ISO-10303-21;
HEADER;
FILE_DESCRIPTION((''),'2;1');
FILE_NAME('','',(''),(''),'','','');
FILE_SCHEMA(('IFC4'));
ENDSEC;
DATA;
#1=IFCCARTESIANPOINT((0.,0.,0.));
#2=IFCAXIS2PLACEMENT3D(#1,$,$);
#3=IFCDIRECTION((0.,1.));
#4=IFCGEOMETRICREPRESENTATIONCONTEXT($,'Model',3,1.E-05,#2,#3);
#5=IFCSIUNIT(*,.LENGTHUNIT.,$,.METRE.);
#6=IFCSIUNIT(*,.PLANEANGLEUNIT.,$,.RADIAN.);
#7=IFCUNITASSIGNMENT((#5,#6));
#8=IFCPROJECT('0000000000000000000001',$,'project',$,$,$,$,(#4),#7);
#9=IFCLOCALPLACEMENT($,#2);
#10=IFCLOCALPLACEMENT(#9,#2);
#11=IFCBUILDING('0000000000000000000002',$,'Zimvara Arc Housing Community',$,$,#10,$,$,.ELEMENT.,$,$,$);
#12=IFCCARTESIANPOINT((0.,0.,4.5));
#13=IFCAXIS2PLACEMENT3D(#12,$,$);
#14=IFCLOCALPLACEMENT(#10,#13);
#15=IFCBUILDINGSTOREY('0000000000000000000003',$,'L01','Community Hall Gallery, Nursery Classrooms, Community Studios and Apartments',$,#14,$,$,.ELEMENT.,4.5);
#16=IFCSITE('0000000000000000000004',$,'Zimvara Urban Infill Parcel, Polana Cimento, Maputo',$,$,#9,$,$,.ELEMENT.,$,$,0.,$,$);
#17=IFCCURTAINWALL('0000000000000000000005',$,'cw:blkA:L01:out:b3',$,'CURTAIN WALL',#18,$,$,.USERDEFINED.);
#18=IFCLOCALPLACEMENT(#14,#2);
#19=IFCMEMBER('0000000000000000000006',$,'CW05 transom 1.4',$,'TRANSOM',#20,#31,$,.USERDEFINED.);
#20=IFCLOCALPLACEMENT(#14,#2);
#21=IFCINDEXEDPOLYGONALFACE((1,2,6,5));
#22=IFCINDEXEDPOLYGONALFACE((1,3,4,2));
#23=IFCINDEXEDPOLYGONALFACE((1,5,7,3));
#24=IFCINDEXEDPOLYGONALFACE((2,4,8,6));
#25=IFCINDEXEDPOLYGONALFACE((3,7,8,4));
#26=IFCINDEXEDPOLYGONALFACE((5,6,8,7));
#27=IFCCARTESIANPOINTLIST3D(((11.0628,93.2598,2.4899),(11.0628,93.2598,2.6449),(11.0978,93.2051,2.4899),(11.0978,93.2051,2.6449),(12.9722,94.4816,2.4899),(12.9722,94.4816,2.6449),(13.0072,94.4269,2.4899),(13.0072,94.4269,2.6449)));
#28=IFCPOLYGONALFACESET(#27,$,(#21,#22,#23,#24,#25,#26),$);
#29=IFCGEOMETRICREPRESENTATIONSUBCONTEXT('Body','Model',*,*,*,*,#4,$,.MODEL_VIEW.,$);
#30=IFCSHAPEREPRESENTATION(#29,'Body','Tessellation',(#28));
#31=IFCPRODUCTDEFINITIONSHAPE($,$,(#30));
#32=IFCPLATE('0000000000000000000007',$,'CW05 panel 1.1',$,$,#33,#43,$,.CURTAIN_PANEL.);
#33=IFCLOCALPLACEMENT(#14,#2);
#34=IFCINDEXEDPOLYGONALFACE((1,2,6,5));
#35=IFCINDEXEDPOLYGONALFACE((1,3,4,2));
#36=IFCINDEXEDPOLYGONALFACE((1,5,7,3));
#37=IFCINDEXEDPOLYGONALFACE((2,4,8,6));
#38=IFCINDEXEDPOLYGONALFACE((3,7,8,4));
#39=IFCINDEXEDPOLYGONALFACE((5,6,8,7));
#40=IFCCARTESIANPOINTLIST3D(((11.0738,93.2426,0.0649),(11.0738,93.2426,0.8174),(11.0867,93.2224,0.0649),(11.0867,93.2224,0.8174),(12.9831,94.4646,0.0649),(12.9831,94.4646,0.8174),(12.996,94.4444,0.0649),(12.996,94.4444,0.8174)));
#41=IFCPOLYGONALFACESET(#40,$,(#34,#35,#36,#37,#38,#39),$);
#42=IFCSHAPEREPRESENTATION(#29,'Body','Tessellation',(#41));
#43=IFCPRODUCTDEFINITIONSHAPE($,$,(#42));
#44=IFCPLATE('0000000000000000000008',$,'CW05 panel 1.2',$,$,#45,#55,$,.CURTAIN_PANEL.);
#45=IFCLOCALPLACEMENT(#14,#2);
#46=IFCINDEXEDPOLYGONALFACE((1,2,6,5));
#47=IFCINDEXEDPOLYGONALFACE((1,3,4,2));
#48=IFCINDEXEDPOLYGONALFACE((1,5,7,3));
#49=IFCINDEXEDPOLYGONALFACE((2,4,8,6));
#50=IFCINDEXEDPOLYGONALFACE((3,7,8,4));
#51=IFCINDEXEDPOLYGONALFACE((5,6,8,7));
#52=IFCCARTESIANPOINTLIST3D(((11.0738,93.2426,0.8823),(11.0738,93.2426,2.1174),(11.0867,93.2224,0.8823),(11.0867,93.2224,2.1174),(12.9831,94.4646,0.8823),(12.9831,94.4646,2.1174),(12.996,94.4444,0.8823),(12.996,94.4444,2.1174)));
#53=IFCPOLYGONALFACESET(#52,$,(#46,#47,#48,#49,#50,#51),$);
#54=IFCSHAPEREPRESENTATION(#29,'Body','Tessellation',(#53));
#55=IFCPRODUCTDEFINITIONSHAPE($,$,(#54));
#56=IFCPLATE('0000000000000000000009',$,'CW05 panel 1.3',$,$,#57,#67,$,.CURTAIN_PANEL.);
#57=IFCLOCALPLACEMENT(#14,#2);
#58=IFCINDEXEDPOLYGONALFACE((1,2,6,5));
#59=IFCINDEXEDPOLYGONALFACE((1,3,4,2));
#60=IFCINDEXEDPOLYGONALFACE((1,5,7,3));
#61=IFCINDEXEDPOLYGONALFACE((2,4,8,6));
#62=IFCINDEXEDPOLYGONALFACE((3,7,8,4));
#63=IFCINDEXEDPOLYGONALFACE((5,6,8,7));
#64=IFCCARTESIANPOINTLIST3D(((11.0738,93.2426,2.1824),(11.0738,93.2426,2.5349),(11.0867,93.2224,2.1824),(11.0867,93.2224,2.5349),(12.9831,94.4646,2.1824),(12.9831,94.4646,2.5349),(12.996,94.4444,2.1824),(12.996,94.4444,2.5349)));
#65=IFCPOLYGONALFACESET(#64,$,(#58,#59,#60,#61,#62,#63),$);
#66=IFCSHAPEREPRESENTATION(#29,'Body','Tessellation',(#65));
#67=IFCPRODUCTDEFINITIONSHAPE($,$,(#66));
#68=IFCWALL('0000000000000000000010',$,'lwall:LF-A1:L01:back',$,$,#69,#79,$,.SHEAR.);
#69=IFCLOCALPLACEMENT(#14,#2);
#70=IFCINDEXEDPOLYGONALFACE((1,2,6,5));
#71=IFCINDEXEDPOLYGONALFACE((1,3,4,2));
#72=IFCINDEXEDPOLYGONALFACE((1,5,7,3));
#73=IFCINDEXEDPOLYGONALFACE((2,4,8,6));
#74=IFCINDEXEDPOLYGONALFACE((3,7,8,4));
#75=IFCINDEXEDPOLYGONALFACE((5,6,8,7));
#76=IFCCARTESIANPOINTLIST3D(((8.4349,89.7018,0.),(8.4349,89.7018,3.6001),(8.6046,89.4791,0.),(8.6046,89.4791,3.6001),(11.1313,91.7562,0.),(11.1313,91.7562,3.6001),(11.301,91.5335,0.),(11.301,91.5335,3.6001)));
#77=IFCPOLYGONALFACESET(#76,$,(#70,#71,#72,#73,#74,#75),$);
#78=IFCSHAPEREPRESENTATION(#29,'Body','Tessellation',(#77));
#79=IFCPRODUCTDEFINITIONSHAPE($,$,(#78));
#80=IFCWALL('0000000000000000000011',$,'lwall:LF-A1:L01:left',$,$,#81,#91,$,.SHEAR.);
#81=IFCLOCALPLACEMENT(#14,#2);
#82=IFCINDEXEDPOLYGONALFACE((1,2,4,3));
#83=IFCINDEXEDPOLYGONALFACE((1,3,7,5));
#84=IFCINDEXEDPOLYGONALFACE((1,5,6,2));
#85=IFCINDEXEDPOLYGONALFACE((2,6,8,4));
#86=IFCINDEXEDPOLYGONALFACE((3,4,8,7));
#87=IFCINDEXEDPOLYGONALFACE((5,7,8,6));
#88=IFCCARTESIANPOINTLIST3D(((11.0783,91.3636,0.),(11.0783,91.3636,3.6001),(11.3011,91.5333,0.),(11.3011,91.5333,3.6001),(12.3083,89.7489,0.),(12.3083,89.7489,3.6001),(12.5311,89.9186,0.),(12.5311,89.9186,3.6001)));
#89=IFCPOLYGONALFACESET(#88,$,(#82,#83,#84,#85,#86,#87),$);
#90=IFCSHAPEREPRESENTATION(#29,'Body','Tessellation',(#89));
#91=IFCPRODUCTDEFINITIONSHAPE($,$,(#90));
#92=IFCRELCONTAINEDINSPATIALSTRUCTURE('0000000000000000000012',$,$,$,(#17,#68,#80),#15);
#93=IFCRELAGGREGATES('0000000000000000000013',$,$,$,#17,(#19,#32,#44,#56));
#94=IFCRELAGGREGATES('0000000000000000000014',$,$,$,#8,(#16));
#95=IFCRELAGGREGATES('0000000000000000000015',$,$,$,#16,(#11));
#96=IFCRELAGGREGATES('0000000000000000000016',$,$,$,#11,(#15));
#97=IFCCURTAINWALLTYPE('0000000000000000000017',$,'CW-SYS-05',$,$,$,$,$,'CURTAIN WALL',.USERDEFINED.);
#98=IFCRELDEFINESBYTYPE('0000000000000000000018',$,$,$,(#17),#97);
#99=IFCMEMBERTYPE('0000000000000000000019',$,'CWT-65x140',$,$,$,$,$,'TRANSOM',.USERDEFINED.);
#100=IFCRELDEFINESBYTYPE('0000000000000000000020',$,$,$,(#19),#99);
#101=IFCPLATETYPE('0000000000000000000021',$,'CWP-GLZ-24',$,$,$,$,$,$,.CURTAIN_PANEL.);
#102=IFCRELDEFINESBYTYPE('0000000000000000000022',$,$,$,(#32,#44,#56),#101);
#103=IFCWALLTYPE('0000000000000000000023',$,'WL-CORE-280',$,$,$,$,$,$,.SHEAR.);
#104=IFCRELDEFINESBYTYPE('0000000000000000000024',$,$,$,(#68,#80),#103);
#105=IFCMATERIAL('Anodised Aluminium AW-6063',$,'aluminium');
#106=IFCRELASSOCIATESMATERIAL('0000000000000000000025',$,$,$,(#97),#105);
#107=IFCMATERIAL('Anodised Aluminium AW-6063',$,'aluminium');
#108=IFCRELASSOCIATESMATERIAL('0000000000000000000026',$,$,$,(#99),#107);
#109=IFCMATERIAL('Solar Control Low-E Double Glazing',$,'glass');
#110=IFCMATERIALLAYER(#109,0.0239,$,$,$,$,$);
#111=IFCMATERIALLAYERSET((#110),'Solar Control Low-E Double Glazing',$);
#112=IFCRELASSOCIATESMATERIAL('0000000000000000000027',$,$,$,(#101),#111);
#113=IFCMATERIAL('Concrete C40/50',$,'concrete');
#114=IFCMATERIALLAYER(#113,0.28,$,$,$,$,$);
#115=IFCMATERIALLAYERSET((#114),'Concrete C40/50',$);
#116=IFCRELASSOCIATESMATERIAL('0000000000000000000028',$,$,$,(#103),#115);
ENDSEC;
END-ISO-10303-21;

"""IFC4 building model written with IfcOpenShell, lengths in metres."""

from ifc_helpers import new_model, si_unit, direction, frame, frame_2d, origin, origin_2d, place, context, subcontext, project, spatial, rectangle, extrude, material, layer, layer_set, material_profile, profile_set, type_object, element, aggregate, save


model = new_model("IFC4")

# Units and contexts
model_context = context("Model", 3, precision=1e-05, world=origin(), true_north=direction((0.0, 1.0)))
body_context = subcontext(model_context, "Body", "Model", "MODEL_VIEW")
ifc_project = project(units=[si_unit("LENGTHUNIT", "METRE"), si_unit("PLANEANGLEUNIT", "RADIAN")], contexts=[model_context])

# Site, building, storey
site_placement = place(None, origin())
site = spatial("IfcSite", under=ifc_project, at=site_placement, Name="Zimvara Urban Infill Parcel, Polana Cimento, Maputo", CompositionType="ELEMENT", RefElevation=0.0)
building_placement = place(site_placement, origin())
building = spatial("IfcBuilding", under=site, at=building_placement, Name="Zimvara Arc Housing Community", CompositionType="ELEMENT")
storey_placement = place(building_placement, frame((0.0, 0.0, 4.5)))
storey = spatial("IfcBuildingStorey", under=building, at=storey_placement, Name="L01", Description="Community Hall Gallery, Nursery Classrooms, Community Studios and Apartments", CompositionType="ELEMENT", Elevation=4.5)

# Curtain wall, member, plates
ifc_material_1 = material(Name="Anodised Aluminium AW-6063", Category="aluminium")
curtain_wall_type = type_object("IfcCurtainWallType", Name="CW-SYS-05", ElementType="CURTAIN WALL", PredefinedType="USERDEFINED", material=ifc_material_1)
curtain_wall_placement = place(storey_placement, origin())
curtain_wall = element("IfcCurtainWall", 1, at=curtain_wall_placement, inside=storey, type_object=curtain_wall_type, Name="cw:blkA:L01:out:b3", ObjectType="CURTAIN WALL", PredefinedType="USERDEFINED")
ifc_material_2 = material(Name="Anodised Aluminium AW-6063", Category="aluminium")
ifc_material_profile_1 = material_profile(ifc_material_2, rectangle(XDim=0.0649, YDim=0.155, at=origin_2d()), Name="ALU 65x155")
ifc_profile_set_1 = profile_set([ifc_material_profile_1], Name="Anodised Aluminium AW-6063")
member_type_1 = type_object("IfcMemberType", Name="CWT-65x140", ElementType="TRANSOM", PredefinedType="USERDEFINED", material=ifc_profile_set_1)
member_1_placement = place(storey_placement, frame((11.0803, 93.2324, 2.5674), z_axis=(0.842293, 0.53902, 0.0), x_axis=(-0.53902, 0.842293, 0.0)))
member_1 = element("IfcMember", 2, at=member_1_placement, type_object=member_type_1, Name="CW05 transom 1.4", ObjectType="TRANSOM", PredefinedType="USERDEFINED", context=body_context, shape_type="SweptSolid", body=[
    extrude(rectangle(XDim=0.0649, YDim=0.155, at=origin_2d()), origin(), (0.0, 0.0, 1.0), 2.2668),
])
ifc_material_3 = material(Name="Solar Control Low-E Double Glazing", Category="glass")
ifc_layer_1 = layer(ifc_material_3, 0.0239)
ifc_layer_set_1 = layer_set([ifc_layer_1], Name="Solar Control Low-E Double Glazing")
plate_type = type_object("IfcPlateType", Name="CWP-GLZ-24", PredefinedType="CURTAIN_PANEL", material=ifc_layer_set_1)
plate_1_placement = place(storey_placement, frame((12.0349, 93.8435, 0.0649), z_axis=(0.0, 0.0, 1.0), x_axis=(0.842264, 0.539065, 0.0)))
plate_1 = element("IfcPlate", 3, at=plate_1_placement, type_object=plate_type, Name="CW05 panel 1.1", PredefinedType="CURTAIN_PANEL", context=body_context, shape_type="SweptSolid", body=[
    extrude(rectangle(XDim=2.2668, YDim=0.0239, at=origin_2d()), origin(), (0.0, 0.0, 1.0), 0.7524),
])
plate_2_placement = place(storey_placement, frame((12.0349, 93.8435, 0.8823), z_axis=(0.0, 0.0, 1.0), x_axis=(0.842264, 0.539065, 0.0)))
plate_2 = element("IfcPlate", 4, at=plate_2_placement, type_object=plate_type, Name="CW05 panel 1.2", PredefinedType="CURTAIN_PANEL", context=body_context, shape_type="SweptSolid", body=[
    extrude(rectangle(XDim=2.2668, YDim=0.0239, at=origin_2d()), origin(), (0.0, 0.0, 1.0), 1.2351),
])
plate_3_placement = place(storey_placement, frame((12.0349, 93.8435, 2.1824), z_axis=(0.0, 0.0, 1.0), x_axis=(0.842264, 0.539065, 0.0)))
plate_3 = element("IfcPlate", 5, at=plate_3_placement, type_object=plate_type, Name="CW05 panel 1.3", PredefinedType="CURTAIN_PANEL", context=body_context, shape_type="SweptSolid", body=[
    extrude(rectangle(XDim=2.2668, YDim=0.0239, at=origin_2d()), origin(), (0.0, 0.0, 1.0), 0.3525),
])
aggregate(curtain_wall, [member_1, plate_1, plate_2, plate_3])

# Shared definitions
ifc_material_4 = material(Name="Concrete C40/50", Category="concrete")
ifc_layer_2 = layer(ifc_material_4, 0.28)
ifc_layer_set_2 = layer_set([ifc_layer_2], Name="Concrete C40/50")
wall_type_1 = type_object("IfcWallType", Name="WL-CORE-280", PredefinedType="SHEAR", material=ifc_layer_set_2)

# Walls
wall_1_placement = place(storey_placement, frame((11.2161, 91.6448, 0.0), z_axis=(0.0, 0.0, 1.0), x_axis=(-0.79544, -0.606032, 0.0)))
element("IfcWall", 6, at=wall_1_placement, inside=storey, type_object=wall_type_1, Name="lwall:LF-A1:L01:back", PredefinedType="SHEAR", context=body_context, shape_type="SweptSolid", body=[
    extrude(rectangle(XDim=3.3899, YDim=0.28, at=frame_2d((1.6948, 0.0))), origin(), (0.0, 0.0, 1.0), 3.6001),
])
wall_2_placement = place(storey_placement, frame((12.4197, 89.8337, 0.0), z_axis=(0.0, 0.0, 1.0), x_axis=(-0.605949, 0.795504, 0.0)))
element("IfcWall", 7, at=wall_2_placement, inside=storey, type_object=wall_type_1, Name="lwall:LF-A1:L01:left", PredefinedType="SHEAR", context=body_context, shape_type="SweptSolid", body=[
    extrude(rectangle(XDim=2.0298, YDim=0.28, at=frame_2d((1.0149, 0.0))), origin(), (0.0, 0.0, 1.0), 3.6001),
])

save(model, "model.ifc")
